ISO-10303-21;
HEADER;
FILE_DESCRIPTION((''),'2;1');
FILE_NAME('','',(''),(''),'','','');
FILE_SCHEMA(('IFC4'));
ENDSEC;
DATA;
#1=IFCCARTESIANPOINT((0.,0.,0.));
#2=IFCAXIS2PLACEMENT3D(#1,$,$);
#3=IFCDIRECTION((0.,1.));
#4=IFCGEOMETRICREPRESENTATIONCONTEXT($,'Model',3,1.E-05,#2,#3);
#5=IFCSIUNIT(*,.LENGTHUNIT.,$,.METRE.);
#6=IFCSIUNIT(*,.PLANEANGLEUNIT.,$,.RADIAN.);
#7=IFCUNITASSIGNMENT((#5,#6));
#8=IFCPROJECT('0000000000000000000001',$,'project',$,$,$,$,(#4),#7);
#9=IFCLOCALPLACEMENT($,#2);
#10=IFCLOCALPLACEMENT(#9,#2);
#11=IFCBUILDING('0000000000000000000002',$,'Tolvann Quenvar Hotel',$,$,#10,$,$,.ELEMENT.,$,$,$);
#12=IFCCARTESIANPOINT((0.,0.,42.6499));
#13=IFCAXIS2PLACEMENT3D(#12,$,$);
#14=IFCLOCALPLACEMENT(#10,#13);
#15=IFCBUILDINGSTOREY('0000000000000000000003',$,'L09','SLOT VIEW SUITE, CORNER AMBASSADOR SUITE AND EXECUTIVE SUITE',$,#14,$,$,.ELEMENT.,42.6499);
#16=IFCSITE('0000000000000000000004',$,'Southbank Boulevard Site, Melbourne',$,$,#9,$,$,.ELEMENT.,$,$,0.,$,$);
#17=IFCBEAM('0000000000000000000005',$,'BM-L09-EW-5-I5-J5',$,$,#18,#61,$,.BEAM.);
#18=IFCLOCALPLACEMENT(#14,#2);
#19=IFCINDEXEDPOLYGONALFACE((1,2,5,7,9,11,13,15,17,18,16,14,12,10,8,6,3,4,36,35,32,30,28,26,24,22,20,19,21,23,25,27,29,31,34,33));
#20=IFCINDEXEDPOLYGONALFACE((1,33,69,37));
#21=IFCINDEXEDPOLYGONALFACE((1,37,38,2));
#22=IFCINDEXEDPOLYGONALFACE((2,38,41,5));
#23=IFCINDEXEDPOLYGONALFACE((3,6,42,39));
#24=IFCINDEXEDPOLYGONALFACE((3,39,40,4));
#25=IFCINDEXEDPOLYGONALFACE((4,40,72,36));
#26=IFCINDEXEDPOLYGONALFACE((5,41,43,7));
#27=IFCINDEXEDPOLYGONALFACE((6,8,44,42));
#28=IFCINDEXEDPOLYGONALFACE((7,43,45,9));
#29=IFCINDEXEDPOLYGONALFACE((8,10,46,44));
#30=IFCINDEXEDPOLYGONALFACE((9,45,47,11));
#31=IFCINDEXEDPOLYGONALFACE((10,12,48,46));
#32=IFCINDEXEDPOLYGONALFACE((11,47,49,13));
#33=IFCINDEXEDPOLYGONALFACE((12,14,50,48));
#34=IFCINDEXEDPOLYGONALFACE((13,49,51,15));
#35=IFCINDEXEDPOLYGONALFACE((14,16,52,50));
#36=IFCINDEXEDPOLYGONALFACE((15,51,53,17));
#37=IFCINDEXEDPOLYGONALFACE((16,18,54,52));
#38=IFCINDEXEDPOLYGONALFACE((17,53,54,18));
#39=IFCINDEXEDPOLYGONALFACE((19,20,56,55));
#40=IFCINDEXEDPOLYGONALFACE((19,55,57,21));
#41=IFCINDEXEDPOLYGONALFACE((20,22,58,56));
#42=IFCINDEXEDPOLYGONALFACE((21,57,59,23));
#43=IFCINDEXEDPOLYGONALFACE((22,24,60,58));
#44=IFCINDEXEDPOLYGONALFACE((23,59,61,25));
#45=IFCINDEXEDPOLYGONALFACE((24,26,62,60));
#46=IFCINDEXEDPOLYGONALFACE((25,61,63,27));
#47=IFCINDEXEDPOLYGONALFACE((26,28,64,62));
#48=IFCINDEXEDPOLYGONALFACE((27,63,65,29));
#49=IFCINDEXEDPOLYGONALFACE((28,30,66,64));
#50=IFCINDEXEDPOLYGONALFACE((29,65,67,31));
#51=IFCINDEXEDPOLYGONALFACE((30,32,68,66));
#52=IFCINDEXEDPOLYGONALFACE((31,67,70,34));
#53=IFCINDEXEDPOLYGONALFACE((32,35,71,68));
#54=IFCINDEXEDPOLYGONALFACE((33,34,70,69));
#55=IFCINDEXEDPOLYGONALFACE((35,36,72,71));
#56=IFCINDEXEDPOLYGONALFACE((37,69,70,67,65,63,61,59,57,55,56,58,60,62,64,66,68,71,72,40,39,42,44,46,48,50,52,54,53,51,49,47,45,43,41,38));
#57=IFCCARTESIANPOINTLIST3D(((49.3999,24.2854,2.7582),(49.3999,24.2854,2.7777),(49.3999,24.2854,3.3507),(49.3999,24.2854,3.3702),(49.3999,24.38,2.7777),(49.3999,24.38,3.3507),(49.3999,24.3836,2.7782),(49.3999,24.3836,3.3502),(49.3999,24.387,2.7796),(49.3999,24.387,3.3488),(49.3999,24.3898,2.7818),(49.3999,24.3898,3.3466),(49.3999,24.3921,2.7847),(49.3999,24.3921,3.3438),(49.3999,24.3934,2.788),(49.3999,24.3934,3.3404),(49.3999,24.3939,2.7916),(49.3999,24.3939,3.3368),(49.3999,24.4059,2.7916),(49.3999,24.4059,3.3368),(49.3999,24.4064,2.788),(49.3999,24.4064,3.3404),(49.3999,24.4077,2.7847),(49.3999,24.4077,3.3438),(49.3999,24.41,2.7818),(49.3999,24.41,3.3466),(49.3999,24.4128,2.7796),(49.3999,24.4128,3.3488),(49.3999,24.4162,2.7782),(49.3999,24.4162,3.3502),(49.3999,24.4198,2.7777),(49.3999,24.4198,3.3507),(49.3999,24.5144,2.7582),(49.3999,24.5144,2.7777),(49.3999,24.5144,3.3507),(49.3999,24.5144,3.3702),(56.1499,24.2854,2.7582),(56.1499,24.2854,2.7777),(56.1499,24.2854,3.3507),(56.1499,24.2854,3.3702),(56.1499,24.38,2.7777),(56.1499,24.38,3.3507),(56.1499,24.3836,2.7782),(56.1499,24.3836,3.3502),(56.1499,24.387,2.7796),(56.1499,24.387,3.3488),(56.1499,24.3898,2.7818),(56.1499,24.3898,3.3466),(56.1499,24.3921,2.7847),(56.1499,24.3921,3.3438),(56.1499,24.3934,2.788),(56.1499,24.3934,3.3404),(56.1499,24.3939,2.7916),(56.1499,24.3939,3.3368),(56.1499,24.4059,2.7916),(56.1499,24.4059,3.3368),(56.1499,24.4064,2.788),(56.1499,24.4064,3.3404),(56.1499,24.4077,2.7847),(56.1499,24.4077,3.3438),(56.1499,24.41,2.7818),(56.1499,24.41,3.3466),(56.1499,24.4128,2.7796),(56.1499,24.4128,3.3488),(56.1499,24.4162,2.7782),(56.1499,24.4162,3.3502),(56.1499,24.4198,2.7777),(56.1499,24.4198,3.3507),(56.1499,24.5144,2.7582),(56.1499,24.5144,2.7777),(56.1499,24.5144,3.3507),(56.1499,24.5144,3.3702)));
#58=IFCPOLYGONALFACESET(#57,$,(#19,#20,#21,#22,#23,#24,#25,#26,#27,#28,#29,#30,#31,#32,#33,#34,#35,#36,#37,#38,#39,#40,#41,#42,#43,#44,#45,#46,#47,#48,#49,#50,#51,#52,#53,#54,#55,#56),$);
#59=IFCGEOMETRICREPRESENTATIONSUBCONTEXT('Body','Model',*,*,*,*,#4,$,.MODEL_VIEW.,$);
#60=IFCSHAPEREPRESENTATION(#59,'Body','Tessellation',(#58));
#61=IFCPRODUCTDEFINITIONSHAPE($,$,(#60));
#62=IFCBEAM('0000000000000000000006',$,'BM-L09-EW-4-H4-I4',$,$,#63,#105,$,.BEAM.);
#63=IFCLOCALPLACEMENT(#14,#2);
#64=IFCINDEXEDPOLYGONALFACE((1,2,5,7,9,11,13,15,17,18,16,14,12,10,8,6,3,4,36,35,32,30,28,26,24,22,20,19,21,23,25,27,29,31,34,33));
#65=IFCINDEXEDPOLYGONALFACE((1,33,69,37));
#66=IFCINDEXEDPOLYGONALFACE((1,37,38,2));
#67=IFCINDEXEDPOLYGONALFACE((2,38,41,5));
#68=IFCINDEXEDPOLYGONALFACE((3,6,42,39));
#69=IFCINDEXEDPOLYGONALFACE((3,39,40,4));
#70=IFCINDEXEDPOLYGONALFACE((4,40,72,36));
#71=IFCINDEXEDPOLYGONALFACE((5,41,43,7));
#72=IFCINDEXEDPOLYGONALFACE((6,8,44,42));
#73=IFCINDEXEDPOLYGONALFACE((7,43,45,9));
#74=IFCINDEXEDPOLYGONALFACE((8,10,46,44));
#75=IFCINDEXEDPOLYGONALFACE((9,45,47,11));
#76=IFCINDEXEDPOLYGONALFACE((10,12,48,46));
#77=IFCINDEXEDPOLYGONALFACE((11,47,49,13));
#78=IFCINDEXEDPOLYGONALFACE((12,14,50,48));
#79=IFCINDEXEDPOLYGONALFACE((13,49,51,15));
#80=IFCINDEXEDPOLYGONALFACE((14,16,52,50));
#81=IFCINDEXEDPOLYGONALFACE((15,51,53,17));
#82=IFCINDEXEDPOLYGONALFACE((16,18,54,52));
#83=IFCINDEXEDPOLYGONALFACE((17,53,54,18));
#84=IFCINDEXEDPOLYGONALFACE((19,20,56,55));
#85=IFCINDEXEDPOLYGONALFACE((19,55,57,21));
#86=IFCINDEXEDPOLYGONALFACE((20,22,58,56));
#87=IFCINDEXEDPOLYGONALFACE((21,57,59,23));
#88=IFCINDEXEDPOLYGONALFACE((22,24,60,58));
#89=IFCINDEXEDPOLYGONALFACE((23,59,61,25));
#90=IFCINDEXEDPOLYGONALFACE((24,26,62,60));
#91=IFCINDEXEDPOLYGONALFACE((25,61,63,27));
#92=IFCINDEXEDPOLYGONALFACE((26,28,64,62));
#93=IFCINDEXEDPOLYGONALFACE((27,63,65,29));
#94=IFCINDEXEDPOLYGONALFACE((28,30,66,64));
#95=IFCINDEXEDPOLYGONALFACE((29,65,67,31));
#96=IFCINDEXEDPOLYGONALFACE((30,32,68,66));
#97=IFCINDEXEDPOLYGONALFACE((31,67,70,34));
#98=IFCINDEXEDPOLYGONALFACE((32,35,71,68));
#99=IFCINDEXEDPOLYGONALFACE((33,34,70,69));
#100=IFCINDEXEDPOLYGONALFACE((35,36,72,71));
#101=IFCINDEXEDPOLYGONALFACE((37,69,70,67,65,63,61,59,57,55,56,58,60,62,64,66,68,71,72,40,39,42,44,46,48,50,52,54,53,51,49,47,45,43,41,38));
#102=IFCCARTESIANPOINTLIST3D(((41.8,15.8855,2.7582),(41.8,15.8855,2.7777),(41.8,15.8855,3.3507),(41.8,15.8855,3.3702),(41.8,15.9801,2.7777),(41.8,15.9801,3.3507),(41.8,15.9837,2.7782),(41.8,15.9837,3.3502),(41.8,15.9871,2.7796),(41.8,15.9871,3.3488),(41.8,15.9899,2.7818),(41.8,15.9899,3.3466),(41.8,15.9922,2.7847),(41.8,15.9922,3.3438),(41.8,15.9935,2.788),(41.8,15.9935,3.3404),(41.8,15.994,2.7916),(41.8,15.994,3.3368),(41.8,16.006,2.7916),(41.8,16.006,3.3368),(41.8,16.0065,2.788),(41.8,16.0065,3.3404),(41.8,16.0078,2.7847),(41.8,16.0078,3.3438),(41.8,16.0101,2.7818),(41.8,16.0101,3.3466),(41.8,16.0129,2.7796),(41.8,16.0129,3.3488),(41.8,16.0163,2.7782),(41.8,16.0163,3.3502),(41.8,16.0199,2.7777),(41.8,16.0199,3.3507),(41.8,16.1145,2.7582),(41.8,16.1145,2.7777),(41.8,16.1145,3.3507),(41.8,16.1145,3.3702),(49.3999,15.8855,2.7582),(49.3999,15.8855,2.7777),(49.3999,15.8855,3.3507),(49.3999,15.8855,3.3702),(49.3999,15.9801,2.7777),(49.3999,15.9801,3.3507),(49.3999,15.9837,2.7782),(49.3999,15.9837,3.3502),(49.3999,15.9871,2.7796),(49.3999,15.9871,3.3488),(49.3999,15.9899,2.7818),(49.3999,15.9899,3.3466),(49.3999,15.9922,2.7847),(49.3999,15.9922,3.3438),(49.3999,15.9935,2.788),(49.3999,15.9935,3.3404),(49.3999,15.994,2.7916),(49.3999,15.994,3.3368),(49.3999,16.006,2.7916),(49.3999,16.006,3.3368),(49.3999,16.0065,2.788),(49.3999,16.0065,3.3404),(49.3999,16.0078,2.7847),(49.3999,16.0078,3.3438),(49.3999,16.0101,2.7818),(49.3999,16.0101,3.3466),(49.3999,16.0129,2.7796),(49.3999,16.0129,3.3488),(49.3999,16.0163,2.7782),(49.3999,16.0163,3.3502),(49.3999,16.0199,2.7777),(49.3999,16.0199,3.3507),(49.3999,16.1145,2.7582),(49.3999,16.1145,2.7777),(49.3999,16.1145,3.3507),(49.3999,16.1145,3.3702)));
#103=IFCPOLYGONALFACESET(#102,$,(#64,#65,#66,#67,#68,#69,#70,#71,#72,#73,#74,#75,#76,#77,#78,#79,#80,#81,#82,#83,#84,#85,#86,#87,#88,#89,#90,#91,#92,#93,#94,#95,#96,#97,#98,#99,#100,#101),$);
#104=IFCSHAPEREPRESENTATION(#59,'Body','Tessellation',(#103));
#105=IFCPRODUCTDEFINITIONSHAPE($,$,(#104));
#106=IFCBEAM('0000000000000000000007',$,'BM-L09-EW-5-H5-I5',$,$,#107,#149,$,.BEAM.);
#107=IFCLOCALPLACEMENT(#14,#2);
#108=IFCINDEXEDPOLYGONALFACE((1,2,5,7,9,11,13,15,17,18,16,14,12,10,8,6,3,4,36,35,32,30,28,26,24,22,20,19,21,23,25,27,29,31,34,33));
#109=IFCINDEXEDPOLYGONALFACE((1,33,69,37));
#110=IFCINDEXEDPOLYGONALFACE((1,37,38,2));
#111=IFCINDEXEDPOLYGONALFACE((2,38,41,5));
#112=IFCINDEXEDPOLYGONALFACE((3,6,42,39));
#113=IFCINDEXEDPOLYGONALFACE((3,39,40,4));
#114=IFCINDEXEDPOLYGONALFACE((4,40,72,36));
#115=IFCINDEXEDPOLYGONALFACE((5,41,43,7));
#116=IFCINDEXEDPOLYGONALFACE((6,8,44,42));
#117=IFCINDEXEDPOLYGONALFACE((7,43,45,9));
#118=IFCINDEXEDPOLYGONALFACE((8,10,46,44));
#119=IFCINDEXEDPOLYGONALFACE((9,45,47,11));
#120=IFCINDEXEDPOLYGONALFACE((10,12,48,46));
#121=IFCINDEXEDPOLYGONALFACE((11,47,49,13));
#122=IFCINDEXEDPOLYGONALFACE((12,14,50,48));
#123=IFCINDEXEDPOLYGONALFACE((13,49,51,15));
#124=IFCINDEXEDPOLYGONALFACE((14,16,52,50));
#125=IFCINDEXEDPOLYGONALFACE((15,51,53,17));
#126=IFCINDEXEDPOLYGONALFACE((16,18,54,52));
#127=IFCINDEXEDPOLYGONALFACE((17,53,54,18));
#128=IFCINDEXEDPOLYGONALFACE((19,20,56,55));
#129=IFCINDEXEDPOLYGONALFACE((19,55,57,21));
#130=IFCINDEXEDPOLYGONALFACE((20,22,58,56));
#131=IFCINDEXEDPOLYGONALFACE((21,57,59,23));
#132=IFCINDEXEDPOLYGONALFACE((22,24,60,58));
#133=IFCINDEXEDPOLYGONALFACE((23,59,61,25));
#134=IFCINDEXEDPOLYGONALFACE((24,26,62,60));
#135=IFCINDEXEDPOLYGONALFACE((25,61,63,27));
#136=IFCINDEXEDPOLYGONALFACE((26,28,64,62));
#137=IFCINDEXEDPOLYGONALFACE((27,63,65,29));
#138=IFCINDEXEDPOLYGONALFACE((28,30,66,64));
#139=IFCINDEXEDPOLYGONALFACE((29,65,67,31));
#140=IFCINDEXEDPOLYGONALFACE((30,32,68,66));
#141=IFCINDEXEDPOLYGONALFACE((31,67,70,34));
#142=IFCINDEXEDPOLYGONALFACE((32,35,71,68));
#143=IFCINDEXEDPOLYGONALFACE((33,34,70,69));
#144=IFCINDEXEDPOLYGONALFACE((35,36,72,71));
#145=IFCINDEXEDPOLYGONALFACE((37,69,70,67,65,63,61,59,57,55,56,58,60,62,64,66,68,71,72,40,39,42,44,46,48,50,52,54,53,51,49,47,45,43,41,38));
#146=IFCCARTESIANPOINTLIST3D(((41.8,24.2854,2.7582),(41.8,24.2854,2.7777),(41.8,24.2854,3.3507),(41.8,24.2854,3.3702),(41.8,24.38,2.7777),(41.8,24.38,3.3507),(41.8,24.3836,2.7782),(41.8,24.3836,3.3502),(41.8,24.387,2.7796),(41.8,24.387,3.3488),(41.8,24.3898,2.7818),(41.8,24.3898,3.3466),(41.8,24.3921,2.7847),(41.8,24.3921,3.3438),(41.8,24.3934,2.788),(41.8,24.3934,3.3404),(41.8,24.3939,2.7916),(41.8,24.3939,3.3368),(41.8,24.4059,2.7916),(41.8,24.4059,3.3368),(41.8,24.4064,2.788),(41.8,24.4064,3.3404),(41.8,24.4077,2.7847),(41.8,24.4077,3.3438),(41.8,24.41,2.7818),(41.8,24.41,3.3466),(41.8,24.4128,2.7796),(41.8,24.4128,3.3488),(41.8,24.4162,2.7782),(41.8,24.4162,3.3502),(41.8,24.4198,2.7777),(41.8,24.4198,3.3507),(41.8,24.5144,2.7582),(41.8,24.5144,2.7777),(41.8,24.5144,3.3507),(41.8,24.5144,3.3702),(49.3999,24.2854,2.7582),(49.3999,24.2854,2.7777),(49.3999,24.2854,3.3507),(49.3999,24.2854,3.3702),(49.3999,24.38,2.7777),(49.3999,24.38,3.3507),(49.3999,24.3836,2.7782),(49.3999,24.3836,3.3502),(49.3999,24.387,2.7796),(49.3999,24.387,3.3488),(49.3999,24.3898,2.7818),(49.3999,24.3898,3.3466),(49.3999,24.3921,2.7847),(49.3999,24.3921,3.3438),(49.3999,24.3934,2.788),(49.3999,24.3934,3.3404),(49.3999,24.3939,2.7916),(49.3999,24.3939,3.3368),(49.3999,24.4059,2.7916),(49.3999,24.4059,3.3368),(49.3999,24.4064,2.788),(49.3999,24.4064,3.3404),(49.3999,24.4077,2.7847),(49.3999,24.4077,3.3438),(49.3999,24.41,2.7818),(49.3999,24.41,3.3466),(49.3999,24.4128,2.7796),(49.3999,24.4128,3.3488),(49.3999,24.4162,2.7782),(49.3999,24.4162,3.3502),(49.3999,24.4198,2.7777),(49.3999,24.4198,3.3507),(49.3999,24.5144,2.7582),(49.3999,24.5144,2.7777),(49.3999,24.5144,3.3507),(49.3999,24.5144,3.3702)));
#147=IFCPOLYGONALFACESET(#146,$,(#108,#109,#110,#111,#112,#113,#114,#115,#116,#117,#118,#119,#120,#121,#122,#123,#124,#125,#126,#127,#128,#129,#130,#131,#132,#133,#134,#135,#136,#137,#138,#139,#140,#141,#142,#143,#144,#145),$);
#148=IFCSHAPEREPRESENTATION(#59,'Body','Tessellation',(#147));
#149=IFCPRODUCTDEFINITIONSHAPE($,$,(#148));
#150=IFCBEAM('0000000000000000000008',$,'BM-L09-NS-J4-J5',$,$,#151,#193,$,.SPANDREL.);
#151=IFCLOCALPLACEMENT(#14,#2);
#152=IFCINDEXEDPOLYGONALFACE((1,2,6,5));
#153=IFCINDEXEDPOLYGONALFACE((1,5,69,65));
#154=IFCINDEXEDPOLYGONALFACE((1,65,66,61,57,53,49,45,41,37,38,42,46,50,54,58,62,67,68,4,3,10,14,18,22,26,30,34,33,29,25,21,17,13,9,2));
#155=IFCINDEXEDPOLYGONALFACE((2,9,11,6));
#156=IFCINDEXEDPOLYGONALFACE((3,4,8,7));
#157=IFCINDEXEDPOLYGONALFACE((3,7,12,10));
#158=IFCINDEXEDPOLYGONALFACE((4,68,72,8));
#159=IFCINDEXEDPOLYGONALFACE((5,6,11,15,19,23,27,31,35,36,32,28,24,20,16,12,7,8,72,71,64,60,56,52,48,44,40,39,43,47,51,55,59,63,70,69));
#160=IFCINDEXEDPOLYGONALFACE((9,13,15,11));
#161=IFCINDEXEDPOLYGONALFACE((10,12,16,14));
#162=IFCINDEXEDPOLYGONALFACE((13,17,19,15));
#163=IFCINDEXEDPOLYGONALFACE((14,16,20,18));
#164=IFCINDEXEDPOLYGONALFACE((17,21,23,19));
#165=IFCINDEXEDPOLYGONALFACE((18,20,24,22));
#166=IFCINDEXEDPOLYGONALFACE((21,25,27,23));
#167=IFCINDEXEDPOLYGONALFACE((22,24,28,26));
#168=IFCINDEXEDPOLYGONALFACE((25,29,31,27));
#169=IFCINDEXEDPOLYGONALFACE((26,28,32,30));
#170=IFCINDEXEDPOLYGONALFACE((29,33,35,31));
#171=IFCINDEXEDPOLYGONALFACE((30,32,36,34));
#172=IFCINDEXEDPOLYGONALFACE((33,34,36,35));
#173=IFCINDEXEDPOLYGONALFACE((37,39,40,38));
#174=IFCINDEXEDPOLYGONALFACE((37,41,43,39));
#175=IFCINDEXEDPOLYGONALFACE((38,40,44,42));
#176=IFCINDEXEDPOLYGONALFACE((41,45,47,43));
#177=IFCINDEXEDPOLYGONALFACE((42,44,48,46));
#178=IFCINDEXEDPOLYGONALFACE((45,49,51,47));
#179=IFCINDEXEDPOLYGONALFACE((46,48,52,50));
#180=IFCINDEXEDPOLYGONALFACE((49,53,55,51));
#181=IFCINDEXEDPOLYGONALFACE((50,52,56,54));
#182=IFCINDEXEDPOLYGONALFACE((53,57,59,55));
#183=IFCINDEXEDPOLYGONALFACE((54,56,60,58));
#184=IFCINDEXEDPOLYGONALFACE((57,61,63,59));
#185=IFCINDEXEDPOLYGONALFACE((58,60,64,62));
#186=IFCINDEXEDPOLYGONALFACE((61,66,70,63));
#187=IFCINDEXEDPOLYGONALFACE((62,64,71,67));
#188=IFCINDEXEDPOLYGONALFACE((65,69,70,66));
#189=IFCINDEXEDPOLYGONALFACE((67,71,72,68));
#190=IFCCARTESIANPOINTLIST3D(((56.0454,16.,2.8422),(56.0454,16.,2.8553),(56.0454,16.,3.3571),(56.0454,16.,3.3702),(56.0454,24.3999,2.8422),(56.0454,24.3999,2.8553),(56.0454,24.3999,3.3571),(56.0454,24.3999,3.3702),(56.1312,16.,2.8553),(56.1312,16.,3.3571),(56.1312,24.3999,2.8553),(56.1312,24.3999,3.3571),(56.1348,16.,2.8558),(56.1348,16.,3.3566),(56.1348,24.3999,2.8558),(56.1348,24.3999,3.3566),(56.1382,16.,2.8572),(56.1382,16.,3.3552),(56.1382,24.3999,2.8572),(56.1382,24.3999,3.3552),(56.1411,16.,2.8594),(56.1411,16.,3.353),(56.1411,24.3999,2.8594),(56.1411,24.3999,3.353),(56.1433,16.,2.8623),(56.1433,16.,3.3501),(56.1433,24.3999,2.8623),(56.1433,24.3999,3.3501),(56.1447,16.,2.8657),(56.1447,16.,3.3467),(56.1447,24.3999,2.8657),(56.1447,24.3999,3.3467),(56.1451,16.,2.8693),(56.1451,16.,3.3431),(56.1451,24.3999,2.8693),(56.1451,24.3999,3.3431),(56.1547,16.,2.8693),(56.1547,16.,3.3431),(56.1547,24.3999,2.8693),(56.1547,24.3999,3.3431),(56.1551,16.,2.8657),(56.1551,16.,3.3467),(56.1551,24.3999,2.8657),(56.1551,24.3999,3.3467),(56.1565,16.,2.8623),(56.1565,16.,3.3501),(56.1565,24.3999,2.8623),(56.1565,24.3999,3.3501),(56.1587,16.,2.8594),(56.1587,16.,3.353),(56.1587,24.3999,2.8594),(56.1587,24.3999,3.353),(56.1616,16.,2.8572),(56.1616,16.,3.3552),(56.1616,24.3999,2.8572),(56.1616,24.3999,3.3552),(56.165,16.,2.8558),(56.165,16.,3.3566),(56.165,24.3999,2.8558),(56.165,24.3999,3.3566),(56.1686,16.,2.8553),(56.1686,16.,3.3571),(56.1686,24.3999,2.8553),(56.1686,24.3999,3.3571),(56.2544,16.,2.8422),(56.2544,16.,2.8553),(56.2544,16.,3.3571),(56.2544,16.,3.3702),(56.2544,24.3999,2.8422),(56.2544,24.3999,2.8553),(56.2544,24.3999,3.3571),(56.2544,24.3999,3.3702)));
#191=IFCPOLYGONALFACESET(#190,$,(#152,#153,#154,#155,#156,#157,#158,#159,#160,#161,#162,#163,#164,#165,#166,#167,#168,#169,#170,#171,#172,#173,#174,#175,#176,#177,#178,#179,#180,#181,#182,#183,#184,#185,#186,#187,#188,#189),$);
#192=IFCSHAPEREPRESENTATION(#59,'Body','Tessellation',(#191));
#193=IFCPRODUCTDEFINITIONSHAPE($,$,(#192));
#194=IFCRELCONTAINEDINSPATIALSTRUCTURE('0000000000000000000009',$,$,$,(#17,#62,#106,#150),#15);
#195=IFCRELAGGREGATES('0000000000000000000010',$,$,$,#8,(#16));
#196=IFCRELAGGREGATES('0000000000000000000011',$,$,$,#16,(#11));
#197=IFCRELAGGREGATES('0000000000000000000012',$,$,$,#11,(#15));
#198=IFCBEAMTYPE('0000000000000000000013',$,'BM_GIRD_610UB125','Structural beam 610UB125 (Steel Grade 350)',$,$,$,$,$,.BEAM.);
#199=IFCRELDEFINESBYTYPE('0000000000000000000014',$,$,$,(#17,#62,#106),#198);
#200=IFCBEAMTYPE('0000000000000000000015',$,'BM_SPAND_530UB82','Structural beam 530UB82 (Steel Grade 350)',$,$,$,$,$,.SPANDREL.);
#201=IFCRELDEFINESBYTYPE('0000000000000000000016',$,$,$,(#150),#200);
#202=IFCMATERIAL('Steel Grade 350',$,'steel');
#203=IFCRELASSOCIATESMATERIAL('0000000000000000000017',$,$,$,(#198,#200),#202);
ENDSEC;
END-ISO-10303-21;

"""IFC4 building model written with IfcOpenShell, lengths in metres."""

from ifc_helpers import new_model, si_unit, direction, frame, origin, origin_2d, place, context, subcontext, project, spatial, i_section, extrude, source, transform, mapped, material, material_profile, profile_set, type_object, type_shapes, element, save


model = new_model("IFC4")

# Units and contexts
model_context = context("Model", 3, precision=1e-05, world=origin(), true_north=direction((0.0, 1.0)))
body_context = subcontext(model_context, "Body", "Model", "MODEL_VIEW")
ifc_project = project(units=[si_unit("LENGTHUNIT", "METRE"), si_unit("PLANEANGLEUNIT", "RADIAN")], contexts=[model_context])

# Site, building, storey
site_placement = place(None, origin())
site = spatial("IfcSite", under=ifc_project, at=site_placement, Name="Southbank Boulevard Site, Melbourne", CompositionType="ELEMENT", RefElevation=0.0)
building_placement = place(site_placement, origin())
building = spatial("IfcBuilding", under=site, at=building_placement, Name="Tolvann Quenvar Hotel", CompositionType="ELEMENT")
storey_placement = place(building_placement, frame((0.0, 0.0, 42.6499)))
storey = spatial("IfcBuildingStorey", under=building, at=storey_placement, Name="L09", Description="SLOT VIEW SUITE, CORNER AMBASSADOR SUITE AND EXECUTIVE SUITE", CompositionType="ELEMENT", Elevation=42.6499)

# Shared definitions
ifc_material_1 = material(Name="Steel Grade 350", Category="steel")

# Beams
ifc_material_profile_1 = material_profile(ifc_material_1, i_section(OverallWidth=0.229, OverallDepth=0.6121, WebThickness=0.012, FlangeThickness=0.0195, FilletRadius=0.0139, at=origin_2d()), Name="610UB125")
ifc_profile_set_1 = profile_set([ifc_material_profile_1], Name="Steel Grade 350")
beam_type_1 = type_object("IfcBeamType", Name="BM_GIRD_610UB125", Description="Structural beam 610UB125 (Steel Grade 350)", PredefinedType="BEAM", material=ifc_profile_set_1)
shared_shape_1 = source(origin(), body_context, "Body", "SweptSolid", [
    extrude(i_section(OverallWidth=0.229, OverallDepth=0.6121, WebThickness=0.012, FlangeThickness=0.0195, FilletRadius=0.0139, at=origin_2d()), origin(), (0.0, 0.0, 1.0), 6.75),
])
for number, where, z_axis, x_axis, name in (
    (1, (49.3999, 24.3999, 3.0642), (1.0, 0.0, 0.0), (0.0, 1.0, 0.0), "BM-L09-EW-5-I5-J5"),
):
    element("IfcBeam", number, at=place(storey_placement, frame(where, z_axis=z_axis, x_axis=x_axis)), inside=storey, type_object=beam_type_1, Name=name, PredefinedType="BEAM", context=body_context, shape_type="MappedRepresentation", body=[
        mapped(shared_shape_1, transform((0.0, 0.0, 0.0), x_axis=(1.0, 0.0, 0.0), y_axis=(0.0, 1.0, 0.0), z_axis=(0.0, 0.0, 1.0), scale=1.0)),
    ])
shared_shape_2 = source(origin(), body_context, "Body", "SweptSolid", [
    extrude(i_section(OverallWidth=0.229, OverallDepth=0.6121, WebThickness=0.012, FlangeThickness=0.0195, FilletRadius=0.0139, at=origin_2d()), origin(), (0.0, 0.0, 1.0), 7.5999),
])
type_shapes(beam_type_1, [shared_shape_1, shared_shape_2])
for number, where, z_axis, x_axis, name in (
    (2, (41.8, 16.0, 3.0642), (1.0, 0.0, 0.0), (0.0, 1.0, 0.0), "BM-L09-EW-4-H4-I4"),
    (3, (41.8, 24.3999, 3.0642), (1.0, 0.0, 0.0), (0.0, 1.0, 0.0), "BM-L09-EW-5-H5-I5"),
):
    element("IfcBeam", number, at=place(storey_placement, frame(where, z_axis=z_axis, x_axis=x_axis)), inside=storey, type_object=beam_type_1, Name=name, PredefinedType="BEAM", context=body_context, shape_type="MappedRepresentation", body=[
        mapped(shared_shape_2, transform((0.0, 0.0, 0.0), x_axis=(1.0, 0.0, 0.0), y_axis=(0.0, 1.0, 0.0), z_axis=(0.0, 0.0, 1.0), scale=1.0)),
    ])
ifc_material_profile_2 = material_profile(ifc_material_1, i_section(OverallWidth=0.209, OverallDepth=0.5281, WebThickness=0.0095, FlangeThickness=0.0132, FilletRadius=0.0139, at=origin_2d()), Name="530UB82")
ifc_profile_set_2 = profile_set([ifc_material_profile_2], Name="Steel Grade 350")
beam_type_2 = type_object("IfcBeamType", Name="BM_SPAND_530UB82", Description="Structural beam 530UB82 (Steel Grade 350)", PredefinedType="SPANDREL", material=ifc_profile_set_2)
shared_shape_3 = source(origin(), body_context, "Body", "SweptSolid", [
    extrude(i_section(OverallWidth=0.209, OverallDepth=0.5281, WebThickness=0.0095, FlangeThickness=0.0132, FilletRadius=0.0139, at=origin_2d()), origin(), (0.0, 0.0, 1.0), 8.3999),
])
type_shapes(beam_type_2, [shared_shape_3])
beam_1_placement = place(storey_placement, frame((56.1499, 16.0, 3.1062), z_axis=(0.0, 1.0, 0.0), x_axis=(-1.0, 0.0, 0.0)))
element("IfcBeam", 4, at=beam_1_placement, inside=storey, type_object=beam_type_2, Name="BM-L09-NS-J4-J5", PredefinedType="SPANDREL", context=body_context, shape_type="MappedRepresentation", body=[
    mapped(shared_shape_3, transform((0.0, 0.0, 0.0), x_axis=(1.0, 0.0, 0.0), y_axis=(0.0, 1.0, 0.0), z_axis=(0.0, 0.0, 1.0), scale=1.0)),
])

save(model, "model.ifc")
